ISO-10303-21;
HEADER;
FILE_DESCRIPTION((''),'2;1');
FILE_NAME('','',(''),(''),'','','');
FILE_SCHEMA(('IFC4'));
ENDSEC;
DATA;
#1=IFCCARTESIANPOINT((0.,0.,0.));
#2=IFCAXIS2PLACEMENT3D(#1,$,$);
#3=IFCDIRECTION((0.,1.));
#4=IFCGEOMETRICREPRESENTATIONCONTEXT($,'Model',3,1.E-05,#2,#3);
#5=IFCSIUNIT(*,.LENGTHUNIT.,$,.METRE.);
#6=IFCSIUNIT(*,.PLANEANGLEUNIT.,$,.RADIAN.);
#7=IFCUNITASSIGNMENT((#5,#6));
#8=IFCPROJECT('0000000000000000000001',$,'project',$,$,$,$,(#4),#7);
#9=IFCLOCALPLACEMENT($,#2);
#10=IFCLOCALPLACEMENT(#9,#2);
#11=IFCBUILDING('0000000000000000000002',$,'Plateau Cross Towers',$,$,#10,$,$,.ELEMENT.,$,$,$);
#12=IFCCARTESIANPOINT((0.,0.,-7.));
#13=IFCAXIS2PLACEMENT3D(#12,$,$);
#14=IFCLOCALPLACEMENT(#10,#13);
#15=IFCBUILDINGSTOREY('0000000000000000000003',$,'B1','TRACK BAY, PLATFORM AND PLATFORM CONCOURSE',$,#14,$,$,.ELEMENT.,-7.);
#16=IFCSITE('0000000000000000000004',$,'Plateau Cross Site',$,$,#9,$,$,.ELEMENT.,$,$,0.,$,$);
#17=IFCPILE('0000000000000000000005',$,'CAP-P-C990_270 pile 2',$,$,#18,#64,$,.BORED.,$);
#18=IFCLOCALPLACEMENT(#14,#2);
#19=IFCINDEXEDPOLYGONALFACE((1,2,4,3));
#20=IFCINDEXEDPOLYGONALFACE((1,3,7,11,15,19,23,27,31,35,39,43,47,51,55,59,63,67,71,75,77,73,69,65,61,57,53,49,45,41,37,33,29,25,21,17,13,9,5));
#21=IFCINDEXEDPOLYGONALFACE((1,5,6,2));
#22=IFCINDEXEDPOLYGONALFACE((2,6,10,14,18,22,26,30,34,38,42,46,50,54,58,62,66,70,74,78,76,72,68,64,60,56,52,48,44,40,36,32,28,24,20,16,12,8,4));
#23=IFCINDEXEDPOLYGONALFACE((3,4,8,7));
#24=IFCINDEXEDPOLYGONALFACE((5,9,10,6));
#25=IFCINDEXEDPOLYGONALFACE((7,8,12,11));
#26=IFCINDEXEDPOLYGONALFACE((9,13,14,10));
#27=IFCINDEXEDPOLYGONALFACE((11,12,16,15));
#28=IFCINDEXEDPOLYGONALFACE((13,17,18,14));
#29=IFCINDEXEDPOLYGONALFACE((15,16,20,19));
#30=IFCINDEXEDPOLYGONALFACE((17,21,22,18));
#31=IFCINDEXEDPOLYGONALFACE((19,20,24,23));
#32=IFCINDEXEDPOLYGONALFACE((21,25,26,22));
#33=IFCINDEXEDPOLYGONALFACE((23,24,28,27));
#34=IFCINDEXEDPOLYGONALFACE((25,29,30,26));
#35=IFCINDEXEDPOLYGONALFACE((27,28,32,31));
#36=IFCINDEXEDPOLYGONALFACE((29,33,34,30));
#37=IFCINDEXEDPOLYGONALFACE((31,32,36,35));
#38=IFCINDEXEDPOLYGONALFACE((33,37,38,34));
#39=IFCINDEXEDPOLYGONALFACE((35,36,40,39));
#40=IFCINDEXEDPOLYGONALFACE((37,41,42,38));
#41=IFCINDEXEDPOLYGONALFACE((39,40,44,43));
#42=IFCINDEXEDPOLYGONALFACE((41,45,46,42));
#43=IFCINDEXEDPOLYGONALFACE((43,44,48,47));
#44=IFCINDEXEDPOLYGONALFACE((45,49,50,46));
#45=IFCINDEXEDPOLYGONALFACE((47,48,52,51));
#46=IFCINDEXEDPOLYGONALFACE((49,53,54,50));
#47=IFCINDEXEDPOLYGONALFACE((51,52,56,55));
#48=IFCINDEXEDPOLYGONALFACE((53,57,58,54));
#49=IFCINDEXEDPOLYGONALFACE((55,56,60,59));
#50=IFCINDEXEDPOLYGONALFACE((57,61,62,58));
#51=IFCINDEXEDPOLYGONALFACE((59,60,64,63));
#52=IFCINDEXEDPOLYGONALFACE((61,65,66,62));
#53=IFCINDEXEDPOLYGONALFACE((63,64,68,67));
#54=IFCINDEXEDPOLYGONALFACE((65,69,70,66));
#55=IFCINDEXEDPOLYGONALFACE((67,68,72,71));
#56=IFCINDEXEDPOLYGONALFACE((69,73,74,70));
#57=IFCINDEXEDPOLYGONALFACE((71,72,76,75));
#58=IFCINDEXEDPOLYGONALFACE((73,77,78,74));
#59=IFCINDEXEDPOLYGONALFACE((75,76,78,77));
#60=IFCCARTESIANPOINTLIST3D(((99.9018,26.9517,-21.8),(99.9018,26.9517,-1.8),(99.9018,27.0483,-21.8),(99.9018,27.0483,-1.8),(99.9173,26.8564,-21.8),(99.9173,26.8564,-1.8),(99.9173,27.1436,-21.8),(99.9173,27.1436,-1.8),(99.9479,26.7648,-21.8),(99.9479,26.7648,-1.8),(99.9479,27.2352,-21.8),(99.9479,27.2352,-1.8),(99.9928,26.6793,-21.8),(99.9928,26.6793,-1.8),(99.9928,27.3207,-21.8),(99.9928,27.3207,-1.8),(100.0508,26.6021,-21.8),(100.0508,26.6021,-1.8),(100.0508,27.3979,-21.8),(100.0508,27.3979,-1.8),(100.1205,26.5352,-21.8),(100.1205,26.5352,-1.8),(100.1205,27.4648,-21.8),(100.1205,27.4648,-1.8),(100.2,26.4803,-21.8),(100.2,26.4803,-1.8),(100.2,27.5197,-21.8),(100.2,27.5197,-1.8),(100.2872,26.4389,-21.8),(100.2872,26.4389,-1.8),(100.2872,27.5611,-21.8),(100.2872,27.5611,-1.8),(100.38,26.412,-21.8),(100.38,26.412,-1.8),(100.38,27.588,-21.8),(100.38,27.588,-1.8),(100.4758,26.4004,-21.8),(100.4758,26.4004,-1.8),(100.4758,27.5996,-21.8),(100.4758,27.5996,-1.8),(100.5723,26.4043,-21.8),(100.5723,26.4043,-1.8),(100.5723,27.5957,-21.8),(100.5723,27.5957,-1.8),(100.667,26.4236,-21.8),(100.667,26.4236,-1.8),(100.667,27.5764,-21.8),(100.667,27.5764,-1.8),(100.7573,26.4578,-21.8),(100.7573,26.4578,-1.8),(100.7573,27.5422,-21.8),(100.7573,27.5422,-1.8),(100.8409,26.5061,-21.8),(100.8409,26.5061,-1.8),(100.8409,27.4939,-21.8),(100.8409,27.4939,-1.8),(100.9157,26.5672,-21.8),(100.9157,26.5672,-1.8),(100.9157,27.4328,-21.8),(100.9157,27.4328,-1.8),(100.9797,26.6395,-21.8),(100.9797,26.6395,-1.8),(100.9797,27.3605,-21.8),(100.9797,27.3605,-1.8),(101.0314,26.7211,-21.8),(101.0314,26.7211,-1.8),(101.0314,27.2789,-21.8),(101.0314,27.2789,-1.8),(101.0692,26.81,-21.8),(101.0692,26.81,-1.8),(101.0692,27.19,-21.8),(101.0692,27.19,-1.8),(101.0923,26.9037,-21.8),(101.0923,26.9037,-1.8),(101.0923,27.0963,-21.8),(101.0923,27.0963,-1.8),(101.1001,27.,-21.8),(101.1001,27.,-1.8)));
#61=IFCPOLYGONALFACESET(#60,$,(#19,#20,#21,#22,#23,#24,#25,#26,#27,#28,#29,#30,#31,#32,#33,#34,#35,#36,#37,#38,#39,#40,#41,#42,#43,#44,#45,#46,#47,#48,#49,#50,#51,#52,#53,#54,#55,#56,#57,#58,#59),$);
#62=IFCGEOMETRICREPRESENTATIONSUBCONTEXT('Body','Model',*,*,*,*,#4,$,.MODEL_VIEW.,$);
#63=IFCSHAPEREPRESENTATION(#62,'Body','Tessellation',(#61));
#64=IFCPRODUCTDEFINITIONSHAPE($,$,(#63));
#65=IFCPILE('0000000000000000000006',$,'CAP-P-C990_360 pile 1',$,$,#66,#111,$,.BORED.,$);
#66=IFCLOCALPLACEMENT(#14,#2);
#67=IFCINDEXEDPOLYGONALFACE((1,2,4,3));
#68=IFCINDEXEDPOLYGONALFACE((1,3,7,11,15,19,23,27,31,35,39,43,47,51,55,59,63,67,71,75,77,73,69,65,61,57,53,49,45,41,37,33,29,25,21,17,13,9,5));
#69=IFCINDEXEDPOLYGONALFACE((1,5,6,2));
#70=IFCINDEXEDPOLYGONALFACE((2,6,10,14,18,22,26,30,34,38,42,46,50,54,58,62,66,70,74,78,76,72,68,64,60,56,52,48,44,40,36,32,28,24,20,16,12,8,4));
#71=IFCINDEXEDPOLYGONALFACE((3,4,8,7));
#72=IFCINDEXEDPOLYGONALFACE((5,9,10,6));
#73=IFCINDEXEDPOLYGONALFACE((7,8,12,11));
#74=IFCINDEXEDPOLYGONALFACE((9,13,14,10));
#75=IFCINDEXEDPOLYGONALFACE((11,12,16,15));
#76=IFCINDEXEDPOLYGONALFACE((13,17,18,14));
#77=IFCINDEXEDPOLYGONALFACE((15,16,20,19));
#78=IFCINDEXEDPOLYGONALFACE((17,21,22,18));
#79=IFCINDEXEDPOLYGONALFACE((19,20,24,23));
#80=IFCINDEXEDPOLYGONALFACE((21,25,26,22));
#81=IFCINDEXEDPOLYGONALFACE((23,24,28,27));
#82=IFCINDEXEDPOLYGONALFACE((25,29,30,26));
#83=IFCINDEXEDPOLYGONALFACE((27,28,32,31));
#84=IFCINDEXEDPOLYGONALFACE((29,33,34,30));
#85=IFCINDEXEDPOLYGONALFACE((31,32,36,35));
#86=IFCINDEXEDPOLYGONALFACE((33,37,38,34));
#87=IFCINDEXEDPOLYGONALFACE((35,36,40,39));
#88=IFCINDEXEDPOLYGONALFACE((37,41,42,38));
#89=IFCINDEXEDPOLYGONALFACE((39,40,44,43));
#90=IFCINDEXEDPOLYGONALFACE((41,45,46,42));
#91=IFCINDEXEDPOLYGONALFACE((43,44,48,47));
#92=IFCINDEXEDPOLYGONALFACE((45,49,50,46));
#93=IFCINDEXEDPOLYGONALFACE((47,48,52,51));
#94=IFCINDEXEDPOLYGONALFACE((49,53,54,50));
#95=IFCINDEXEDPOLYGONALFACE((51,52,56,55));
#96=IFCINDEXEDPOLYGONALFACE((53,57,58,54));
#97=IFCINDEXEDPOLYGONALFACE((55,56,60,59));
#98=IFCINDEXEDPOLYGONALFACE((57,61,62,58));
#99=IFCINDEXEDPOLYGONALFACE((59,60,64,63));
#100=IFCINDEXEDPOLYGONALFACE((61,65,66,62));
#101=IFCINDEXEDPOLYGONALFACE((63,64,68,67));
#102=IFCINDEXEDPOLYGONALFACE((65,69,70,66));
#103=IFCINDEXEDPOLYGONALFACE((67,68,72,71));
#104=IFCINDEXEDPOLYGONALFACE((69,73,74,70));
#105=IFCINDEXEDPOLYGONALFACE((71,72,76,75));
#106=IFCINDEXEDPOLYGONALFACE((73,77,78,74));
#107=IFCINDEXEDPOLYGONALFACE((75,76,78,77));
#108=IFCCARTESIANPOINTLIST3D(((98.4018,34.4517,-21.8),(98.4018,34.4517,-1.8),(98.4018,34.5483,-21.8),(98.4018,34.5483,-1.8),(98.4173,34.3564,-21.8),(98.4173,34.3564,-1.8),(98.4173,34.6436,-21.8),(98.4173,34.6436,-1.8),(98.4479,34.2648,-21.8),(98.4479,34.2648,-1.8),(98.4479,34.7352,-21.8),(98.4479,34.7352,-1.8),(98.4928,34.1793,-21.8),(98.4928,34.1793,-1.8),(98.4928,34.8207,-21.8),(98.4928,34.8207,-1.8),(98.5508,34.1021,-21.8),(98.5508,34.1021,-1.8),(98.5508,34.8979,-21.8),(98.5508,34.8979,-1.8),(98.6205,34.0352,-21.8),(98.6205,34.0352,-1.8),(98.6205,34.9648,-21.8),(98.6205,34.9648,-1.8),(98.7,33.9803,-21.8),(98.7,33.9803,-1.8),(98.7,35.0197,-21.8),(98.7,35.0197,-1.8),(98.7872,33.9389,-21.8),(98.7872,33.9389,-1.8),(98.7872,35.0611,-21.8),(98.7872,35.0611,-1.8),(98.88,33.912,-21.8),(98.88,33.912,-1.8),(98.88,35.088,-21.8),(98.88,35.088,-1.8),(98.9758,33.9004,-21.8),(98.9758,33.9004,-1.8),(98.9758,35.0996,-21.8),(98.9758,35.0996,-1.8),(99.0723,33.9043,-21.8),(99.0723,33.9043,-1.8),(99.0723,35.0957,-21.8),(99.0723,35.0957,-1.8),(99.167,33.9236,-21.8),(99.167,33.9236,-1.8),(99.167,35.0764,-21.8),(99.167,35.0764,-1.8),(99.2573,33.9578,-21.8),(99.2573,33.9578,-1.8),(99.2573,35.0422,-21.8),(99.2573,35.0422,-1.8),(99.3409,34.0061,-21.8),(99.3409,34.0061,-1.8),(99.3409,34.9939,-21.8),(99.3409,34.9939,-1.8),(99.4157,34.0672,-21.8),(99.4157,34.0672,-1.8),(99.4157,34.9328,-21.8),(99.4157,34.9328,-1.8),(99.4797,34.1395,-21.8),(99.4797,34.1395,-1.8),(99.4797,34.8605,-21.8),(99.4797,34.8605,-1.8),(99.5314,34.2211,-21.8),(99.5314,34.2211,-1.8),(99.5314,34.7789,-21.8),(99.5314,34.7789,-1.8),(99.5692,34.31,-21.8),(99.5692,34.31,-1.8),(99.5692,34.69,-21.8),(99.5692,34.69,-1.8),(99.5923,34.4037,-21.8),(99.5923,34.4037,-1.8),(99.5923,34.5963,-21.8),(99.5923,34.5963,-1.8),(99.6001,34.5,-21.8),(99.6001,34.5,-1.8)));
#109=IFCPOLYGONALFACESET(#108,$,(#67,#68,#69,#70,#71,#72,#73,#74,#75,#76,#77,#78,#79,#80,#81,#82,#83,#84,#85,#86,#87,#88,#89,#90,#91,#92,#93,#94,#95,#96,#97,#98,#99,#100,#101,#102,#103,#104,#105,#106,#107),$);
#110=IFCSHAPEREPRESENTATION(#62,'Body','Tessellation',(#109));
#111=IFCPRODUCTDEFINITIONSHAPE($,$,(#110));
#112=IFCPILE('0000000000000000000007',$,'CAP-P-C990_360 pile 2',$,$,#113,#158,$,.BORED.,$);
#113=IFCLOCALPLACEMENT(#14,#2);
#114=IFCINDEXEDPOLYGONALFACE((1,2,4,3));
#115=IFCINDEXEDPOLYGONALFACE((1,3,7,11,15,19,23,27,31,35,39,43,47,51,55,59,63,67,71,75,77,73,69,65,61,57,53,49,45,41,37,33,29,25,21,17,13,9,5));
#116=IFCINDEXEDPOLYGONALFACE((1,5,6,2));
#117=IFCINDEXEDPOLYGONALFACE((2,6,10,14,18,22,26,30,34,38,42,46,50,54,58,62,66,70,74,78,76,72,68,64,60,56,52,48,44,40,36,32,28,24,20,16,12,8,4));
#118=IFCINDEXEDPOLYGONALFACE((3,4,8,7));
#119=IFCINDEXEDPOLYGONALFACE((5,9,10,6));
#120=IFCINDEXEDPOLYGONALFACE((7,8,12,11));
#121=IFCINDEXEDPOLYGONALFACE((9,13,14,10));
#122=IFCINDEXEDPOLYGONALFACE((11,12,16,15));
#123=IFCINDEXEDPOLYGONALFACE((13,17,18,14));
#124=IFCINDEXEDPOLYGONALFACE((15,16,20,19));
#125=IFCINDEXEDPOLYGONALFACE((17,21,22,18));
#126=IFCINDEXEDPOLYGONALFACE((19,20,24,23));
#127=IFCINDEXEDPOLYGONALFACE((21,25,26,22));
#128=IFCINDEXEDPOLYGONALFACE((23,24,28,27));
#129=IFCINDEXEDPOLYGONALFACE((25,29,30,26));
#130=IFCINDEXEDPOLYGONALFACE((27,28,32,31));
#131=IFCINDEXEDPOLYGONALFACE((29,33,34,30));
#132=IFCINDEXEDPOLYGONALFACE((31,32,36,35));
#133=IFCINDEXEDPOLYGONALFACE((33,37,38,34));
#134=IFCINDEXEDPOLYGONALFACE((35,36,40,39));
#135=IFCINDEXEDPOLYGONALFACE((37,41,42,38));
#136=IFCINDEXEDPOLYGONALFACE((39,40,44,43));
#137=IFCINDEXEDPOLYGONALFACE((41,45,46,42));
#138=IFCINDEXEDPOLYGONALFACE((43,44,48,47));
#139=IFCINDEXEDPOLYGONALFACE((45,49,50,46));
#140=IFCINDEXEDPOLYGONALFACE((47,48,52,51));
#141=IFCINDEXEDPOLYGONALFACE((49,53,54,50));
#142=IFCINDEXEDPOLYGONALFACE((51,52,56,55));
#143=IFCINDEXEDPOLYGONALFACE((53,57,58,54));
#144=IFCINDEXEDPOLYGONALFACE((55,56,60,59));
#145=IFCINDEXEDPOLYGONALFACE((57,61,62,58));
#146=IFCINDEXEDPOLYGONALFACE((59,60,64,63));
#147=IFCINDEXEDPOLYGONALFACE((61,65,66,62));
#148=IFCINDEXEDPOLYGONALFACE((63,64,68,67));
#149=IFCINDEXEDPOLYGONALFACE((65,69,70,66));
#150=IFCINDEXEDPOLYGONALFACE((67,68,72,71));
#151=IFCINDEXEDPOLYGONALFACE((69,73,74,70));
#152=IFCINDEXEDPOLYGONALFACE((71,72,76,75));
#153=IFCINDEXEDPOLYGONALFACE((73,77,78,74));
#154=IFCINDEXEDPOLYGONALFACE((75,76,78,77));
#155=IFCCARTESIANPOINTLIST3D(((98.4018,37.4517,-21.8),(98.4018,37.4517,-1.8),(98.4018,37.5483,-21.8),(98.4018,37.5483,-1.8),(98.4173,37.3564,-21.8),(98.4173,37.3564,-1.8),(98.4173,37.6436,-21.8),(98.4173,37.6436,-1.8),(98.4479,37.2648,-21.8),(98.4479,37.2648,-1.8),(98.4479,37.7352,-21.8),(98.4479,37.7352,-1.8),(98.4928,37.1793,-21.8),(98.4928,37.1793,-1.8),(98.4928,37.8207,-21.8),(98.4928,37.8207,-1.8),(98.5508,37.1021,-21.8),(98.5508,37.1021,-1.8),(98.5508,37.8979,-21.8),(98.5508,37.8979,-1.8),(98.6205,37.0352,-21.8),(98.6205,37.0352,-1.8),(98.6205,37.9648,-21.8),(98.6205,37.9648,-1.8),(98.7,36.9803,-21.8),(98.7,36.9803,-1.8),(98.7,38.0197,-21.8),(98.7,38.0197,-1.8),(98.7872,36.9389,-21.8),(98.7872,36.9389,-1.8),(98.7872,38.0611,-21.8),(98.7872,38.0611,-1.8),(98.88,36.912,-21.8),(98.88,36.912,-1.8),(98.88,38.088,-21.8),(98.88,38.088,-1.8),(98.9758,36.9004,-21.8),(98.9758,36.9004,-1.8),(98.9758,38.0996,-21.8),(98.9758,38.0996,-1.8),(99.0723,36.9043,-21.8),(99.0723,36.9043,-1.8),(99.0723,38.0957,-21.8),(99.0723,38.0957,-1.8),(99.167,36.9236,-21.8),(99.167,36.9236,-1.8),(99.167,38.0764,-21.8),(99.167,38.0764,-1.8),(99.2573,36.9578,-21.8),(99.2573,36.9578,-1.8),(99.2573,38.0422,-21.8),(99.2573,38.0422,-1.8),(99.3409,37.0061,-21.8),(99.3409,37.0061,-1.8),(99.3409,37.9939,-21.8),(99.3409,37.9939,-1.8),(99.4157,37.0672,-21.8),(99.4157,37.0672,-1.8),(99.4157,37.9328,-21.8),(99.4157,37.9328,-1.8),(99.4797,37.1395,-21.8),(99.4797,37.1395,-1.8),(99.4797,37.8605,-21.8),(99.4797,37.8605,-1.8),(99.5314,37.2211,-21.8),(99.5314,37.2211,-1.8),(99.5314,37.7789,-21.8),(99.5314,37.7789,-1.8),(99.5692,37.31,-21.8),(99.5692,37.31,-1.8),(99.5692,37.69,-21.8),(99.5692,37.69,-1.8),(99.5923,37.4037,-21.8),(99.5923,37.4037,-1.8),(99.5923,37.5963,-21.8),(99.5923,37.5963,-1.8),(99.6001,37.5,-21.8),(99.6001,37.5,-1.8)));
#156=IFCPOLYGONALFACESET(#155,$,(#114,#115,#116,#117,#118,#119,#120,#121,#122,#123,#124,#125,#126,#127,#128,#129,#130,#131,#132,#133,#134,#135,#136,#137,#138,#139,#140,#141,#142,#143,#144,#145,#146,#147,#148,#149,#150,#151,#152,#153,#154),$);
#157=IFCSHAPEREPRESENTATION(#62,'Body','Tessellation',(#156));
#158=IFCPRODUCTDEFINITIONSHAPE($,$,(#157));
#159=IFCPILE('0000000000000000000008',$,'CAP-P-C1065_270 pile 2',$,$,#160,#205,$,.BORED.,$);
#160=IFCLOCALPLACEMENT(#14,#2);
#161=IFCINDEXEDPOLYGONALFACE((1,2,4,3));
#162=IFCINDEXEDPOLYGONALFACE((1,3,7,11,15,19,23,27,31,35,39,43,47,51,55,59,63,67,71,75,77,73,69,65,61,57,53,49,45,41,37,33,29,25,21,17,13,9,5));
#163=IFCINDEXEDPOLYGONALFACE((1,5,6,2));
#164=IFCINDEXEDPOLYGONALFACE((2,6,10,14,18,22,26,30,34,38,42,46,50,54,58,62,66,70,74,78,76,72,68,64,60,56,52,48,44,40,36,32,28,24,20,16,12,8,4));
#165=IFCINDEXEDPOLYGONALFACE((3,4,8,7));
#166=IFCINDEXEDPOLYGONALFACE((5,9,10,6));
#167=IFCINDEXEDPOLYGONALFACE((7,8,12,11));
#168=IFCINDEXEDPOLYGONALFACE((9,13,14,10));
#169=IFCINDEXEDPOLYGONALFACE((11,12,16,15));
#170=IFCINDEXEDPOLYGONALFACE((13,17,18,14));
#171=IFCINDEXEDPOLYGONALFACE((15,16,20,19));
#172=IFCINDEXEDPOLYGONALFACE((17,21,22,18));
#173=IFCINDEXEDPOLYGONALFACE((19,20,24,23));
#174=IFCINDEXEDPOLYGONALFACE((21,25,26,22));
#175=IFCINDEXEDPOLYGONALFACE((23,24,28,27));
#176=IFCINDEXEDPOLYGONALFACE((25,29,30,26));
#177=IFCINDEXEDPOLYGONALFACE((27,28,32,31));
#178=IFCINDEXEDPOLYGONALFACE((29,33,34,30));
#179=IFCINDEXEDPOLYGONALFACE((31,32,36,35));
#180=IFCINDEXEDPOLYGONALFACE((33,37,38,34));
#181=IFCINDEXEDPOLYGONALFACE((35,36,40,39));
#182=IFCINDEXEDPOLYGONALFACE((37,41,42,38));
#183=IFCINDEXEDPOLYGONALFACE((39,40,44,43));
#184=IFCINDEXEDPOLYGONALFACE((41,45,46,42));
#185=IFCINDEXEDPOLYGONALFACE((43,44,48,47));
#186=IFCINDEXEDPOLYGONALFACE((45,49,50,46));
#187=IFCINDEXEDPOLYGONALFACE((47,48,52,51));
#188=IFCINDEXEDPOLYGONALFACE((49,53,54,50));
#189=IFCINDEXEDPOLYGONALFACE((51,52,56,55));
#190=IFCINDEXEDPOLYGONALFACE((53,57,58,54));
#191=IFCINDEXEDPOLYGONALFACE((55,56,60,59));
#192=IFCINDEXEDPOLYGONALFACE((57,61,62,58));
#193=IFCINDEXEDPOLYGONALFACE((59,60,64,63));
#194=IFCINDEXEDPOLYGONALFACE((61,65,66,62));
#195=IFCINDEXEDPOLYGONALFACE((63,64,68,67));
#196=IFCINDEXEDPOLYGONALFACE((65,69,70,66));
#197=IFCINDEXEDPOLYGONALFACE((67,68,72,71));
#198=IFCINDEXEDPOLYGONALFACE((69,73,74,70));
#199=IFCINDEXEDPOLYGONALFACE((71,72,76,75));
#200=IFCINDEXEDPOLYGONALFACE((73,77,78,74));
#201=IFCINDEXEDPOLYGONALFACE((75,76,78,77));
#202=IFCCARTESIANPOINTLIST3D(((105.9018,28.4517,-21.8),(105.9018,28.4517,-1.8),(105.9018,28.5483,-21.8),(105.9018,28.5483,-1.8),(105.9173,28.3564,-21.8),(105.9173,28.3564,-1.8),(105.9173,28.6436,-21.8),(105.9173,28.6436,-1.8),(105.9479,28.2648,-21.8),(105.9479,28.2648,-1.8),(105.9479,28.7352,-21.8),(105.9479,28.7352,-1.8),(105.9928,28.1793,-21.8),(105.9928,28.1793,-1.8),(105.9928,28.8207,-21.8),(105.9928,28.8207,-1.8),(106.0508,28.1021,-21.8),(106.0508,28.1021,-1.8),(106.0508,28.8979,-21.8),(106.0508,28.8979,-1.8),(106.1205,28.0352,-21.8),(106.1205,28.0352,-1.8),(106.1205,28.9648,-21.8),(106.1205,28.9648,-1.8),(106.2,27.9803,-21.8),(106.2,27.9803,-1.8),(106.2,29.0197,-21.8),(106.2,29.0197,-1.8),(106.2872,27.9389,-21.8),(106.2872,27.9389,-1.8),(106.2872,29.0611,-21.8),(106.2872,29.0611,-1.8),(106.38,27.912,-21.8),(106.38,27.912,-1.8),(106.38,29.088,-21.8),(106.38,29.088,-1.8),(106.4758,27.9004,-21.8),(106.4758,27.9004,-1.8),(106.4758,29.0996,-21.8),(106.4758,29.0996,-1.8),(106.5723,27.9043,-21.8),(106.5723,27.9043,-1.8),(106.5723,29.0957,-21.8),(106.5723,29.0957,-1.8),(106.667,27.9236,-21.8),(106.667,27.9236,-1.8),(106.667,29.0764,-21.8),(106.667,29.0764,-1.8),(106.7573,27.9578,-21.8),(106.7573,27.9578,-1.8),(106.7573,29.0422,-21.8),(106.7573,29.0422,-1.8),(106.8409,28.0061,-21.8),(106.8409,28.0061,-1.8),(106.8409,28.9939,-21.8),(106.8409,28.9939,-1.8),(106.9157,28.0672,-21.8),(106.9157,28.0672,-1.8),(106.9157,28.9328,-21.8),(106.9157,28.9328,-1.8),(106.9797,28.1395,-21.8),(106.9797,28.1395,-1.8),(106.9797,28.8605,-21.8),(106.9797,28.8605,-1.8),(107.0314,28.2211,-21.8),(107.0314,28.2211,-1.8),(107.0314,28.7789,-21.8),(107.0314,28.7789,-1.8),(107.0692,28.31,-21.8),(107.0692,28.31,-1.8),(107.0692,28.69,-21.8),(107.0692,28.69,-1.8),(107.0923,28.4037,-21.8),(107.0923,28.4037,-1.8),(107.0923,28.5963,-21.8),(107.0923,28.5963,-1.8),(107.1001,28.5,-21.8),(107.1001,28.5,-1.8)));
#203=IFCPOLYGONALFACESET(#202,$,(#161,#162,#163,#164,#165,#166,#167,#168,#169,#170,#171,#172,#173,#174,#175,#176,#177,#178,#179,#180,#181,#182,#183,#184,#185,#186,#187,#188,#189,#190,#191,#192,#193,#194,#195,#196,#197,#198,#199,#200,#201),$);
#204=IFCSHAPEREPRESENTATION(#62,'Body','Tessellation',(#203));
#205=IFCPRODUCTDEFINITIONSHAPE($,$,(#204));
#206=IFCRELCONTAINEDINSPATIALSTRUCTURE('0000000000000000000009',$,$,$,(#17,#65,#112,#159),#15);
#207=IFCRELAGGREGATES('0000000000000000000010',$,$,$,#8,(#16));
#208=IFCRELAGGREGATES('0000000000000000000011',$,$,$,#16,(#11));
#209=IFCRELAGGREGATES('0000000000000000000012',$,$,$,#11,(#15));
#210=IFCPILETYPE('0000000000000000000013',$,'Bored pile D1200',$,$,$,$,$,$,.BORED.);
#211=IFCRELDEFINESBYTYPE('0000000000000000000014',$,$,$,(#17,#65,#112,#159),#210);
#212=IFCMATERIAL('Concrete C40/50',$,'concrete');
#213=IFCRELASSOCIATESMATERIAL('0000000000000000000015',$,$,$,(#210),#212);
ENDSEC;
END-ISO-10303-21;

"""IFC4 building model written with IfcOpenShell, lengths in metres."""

from ifc_helpers import new_model, si_unit, direction, frame, origin, origin_2d, place, context, subcontext, project, spatial, circle, extrude, material, material_profile, profile_set, type_object, element, save


model = new_model("IFC4")

# Units and contexts
model_context = context("Model", 3, precision=1e-05, world=origin(), true_north=direction((0.0, 1.0)))
body_context = subcontext(model_context, "Body", "Model", "MODEL_VIEW")
ifc_project = project(units=[si_unit("LENGTHUNIT", "METRE"), si_unit("PLANEANGLEUNIT", "RADIAN")], contexts=[model_context])

# Site, building, storey
site_placement = place(None, origin())
site = spatial("IfcSite", under=ifc_project, at=site_placement, Name="Plateau Cross Site", CompositionType="ELEMENT", RefElevation=0.0)
building_placement = place(site_placement, origin())
building = spatial("IfcBuilding", under=site, at=building_placement, Name="Plateau Cross Towers", CompositionType="ELEMENT")
storey_placement = place(building_placement, frame((0.0, 0.0, -7.0)))
storey = spatial("IfcBuildingStorey", under=building, at=storey_placement, Name="B1", Description="TRACK BAY, PLATFORM AND PLATFORM CONCOURSE", CompositionType="ELEMENT", Elevation=-7.0)

# Piles
ifc_material_1 = material(Name="Concrete C40/50", Category="concrete")
ifc_material_profile_1 = material_profile(ifc_material_1, circle(Radius=0.6001, at=origin_2d()), Name="Bored pile D1200")
ifc_profile_set_1 = profile_set([ifc_material_profile_1], Name="Concrete C40/50")
pile_type = type_object("IfcPileType", Name="Bored pile D1200", PredefinedType="BORED", material=ifc_profile_set_1)
for number, where, z_axis, x_axis, name in (
    (1, (100.5, 27.0, -1.8), (0.0, 0.0, -1.0), (1.0, 0.0, 0.0), "CAP-P-C990_270 pile 2"),
    (2, (99.0, 34.5, -1.8), (0.0, 0.0, -1.0), (1.0, 0.0, 0.0), "CAP-P-C990_360 pile 1"),
    (3, (99.0, 37.5, -1.8), (0.0, 0.0, -1.0), (1.0, 0.0, 0.0), "CAP-P-C990_360 pile 2"),
    (4, (106.5, 28.5, -1.8), (0.0, 0.0, -1.0), (1.0, 0.0, 0.0), "CAP-P-C1065_270 pile 2"),
):
    element("IfcPile", number, at=place(storey_placement, frame(where, z_axis=z_axis, x_axis=x_axis)), inside=storey, type_object=pile_type, Name=name, PredefinedType="BORED", context=body_context, shape_type="SweptSolid", body=[
        extrude(circle(Radius=0.6001, at=origin_2d()), origin(), (0.0, 0.0, 1.0), 20.0),
    ])

save(model, "model.ifc")
